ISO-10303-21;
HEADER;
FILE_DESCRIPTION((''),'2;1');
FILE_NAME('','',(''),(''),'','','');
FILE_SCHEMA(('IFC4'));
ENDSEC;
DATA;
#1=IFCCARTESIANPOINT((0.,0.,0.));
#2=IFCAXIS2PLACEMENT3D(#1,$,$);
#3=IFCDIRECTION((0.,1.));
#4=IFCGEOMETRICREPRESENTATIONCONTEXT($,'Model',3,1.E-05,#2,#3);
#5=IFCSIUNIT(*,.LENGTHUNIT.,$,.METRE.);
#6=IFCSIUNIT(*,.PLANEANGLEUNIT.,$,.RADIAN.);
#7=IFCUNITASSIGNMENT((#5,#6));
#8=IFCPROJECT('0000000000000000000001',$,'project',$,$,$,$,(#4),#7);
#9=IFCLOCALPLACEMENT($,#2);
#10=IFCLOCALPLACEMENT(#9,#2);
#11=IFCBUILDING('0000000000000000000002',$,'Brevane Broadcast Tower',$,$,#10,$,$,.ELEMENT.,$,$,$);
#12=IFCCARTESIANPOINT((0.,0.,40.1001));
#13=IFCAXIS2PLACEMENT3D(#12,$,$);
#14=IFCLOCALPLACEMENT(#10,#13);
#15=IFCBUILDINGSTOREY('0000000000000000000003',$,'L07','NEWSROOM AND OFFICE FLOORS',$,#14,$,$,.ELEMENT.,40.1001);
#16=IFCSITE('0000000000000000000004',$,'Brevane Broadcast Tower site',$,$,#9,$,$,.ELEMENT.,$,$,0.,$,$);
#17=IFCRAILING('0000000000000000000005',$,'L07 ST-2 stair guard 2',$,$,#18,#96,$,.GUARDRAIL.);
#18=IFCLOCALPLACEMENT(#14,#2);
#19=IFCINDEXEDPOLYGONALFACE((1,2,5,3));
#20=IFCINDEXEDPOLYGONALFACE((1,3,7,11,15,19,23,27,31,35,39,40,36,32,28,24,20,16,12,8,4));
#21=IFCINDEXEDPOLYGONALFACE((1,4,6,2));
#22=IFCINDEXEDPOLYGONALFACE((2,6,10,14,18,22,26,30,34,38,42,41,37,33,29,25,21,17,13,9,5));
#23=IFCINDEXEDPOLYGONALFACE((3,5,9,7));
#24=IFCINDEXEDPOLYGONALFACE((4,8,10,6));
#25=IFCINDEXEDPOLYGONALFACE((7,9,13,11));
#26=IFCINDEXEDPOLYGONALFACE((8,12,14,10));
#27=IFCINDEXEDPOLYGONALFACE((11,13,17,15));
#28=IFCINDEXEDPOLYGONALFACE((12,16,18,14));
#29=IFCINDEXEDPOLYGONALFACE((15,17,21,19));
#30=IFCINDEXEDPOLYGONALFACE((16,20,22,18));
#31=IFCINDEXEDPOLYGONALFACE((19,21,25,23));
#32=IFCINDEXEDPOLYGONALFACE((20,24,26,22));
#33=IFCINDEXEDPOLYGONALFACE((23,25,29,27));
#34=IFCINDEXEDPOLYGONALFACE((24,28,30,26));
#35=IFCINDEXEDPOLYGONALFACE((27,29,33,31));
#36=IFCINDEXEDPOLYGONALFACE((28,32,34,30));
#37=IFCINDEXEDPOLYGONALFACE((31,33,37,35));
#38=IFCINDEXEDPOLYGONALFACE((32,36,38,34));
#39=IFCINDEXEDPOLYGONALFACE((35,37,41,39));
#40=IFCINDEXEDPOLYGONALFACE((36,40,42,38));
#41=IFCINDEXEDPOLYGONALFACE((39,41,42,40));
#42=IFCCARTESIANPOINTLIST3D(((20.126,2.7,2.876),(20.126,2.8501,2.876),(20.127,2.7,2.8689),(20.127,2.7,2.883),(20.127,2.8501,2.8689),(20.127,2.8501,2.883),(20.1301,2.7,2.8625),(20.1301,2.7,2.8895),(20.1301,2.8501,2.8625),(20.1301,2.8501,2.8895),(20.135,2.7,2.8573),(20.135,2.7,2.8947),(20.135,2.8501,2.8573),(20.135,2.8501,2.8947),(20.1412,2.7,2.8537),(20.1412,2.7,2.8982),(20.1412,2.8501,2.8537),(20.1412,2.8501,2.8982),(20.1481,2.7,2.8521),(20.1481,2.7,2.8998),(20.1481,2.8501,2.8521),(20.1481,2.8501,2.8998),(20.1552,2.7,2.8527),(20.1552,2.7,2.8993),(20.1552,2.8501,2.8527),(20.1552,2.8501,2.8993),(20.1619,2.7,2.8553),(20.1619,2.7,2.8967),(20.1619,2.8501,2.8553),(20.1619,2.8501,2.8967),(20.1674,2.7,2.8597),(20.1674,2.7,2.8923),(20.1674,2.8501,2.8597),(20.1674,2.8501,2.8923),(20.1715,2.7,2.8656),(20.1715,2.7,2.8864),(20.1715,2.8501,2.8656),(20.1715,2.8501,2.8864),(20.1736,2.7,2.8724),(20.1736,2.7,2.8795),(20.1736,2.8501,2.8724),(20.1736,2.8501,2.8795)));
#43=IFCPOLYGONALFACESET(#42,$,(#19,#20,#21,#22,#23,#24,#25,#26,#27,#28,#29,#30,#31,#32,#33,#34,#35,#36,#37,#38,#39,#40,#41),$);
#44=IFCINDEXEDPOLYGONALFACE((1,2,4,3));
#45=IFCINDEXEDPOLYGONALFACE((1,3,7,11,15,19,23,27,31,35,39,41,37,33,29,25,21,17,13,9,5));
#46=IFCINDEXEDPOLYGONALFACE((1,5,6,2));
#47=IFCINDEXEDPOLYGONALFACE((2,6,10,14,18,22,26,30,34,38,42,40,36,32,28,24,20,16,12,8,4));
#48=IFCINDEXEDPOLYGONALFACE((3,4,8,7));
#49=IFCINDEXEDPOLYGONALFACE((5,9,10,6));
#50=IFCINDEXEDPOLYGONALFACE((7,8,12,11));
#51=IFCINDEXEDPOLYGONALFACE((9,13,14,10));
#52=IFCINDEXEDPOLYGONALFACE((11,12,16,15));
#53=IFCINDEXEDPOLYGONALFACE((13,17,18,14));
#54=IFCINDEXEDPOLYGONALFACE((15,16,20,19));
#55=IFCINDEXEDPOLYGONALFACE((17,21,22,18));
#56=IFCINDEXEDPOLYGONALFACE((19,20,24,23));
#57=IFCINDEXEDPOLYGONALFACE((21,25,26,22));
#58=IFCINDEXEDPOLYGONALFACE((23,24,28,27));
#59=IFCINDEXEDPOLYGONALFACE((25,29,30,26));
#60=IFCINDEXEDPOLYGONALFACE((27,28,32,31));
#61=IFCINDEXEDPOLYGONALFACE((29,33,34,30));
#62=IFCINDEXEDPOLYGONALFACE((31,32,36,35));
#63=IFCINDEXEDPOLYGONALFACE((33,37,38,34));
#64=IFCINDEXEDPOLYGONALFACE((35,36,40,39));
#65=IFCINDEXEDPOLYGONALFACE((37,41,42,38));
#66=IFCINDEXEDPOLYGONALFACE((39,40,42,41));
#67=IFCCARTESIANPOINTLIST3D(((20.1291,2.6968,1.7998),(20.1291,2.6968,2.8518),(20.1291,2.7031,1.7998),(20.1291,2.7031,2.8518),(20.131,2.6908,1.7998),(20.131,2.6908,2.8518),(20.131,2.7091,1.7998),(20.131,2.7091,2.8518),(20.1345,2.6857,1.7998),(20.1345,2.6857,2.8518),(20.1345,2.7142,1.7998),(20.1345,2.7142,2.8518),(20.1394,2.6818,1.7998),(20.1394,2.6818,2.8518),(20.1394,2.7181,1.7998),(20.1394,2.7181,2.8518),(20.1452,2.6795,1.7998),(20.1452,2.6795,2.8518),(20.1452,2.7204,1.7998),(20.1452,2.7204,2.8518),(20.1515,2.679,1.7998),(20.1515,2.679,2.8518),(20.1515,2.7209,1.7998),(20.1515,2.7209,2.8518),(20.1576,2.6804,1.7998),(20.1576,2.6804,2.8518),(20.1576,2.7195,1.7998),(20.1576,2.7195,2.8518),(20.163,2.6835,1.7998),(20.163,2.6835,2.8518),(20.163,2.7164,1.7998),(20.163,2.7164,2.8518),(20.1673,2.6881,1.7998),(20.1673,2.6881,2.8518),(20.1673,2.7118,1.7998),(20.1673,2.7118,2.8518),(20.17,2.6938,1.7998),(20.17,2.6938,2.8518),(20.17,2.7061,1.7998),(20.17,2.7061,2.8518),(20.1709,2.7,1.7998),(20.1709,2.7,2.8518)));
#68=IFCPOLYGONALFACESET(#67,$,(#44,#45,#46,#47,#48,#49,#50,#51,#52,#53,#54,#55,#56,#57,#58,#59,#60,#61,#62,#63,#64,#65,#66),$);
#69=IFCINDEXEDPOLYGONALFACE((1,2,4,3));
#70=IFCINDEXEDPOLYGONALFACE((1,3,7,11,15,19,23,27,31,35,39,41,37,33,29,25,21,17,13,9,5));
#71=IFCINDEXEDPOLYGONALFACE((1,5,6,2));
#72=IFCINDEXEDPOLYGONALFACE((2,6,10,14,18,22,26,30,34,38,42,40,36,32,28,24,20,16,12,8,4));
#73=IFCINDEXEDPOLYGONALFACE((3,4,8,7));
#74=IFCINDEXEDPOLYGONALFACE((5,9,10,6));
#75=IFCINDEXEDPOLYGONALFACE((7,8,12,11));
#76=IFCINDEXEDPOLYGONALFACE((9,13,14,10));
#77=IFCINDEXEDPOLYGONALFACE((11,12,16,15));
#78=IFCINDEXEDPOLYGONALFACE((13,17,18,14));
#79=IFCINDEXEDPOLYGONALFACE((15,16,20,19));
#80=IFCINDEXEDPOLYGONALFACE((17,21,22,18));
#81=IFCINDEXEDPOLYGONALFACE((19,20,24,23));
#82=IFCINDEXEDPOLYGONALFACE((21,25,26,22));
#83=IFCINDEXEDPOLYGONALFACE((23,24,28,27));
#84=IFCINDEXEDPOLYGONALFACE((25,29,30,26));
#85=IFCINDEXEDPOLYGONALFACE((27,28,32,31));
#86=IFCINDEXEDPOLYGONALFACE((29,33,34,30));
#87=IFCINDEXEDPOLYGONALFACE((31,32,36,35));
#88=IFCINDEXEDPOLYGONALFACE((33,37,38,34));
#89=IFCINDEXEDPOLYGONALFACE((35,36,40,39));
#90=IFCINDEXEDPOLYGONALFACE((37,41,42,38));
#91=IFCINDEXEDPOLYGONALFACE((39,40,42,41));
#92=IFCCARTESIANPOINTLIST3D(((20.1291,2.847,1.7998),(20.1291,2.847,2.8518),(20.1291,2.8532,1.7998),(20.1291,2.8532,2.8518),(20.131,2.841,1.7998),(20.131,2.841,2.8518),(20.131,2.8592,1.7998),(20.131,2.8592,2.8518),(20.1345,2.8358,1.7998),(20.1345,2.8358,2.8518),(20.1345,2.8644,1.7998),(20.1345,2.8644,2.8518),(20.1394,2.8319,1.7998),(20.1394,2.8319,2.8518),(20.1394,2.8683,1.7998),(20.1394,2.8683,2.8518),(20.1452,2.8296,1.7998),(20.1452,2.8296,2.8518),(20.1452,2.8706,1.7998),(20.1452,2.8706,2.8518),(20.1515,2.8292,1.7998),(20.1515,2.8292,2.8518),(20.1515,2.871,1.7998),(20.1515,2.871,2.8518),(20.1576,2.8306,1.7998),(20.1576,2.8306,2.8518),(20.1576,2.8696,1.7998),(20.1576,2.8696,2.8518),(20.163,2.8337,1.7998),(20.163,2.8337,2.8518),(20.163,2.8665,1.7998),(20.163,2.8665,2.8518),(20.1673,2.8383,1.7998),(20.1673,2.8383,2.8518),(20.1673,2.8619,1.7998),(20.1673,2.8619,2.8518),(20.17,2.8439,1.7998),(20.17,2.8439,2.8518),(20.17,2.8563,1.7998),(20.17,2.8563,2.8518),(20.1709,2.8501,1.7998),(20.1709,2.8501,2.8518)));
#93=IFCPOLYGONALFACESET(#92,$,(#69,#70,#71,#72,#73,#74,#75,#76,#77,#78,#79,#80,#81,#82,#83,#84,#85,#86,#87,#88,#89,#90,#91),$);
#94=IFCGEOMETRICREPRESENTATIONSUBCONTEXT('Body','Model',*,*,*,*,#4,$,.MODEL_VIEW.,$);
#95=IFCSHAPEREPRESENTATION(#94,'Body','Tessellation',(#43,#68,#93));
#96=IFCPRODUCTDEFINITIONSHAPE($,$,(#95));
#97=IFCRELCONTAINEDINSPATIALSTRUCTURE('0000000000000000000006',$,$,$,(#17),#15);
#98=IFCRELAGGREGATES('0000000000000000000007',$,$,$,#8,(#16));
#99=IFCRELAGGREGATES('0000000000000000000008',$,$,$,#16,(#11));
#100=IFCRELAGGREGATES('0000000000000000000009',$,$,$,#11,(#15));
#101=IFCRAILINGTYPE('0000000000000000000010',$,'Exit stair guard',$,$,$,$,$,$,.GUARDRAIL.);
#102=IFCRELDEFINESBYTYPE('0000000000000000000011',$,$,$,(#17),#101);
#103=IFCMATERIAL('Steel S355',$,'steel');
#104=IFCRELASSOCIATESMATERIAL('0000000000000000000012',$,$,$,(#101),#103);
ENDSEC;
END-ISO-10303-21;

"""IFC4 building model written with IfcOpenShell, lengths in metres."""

from ifc_helpers import new_model, si_unit, direction, frame, origin, origin_2d, place, context, subcontext, project, spatial, circle, extrude, material, type_object, element, save


model = new_model("IFC4")

# Units and contexts
model_context = context("Model", 3, precision=1e-05, world=origin(), true_north=direction((0.0, 1.0)))
body_context = subcontext(model_context, "Body", "Model", "MODEL_VIEW")
ifc_project = project(units=[si_unit("LENGTHUNIT", "METRE"), si_unit("PLANEANGLEUNIT", "RADIAN")], contexts=[model_context])

# Site, building, storey
site_placement = place(None, origin())
site = spatial("IfcSite", under=ifc_project, at=site_placement, Name="Brevane Broadcast Tower site", CompositionType="ELEMENT", RefElevation=0.0)
building_placement = place(site_placement, origin())
building = spatial("IfcBuilding", under=site, at=building_placement, Name="Brevane Broadcast Tower", CompositionType="ELEMENT")
storey_placement = place(building_placement, frame((0.0, 0.0, 40.1001)))
storey = spatial("IfcBuildingStorey", under=building, at=storey_placement, Name="L07", Description="NEWSROOM AND OFFICE FLOORS", CompositionType="ELEMENT", Elevation=40.1001)

# Railing
ifc_material_1 = material(Name="Steel S355", Category="steel")
railing_type_1 = type_object("IfcRailingType", Name="Exit stair guard", PredefinedType="GUARDRAIL", material=ifc_material_1)
railing_1_placement = place(storey_placement, frame((20.1499, 2.7, 1.7998)))
element("IfcRailing", 1, at=railing_1_placement, inside=storey, type_object=railing_type_1, Name="L07 ST-2 stair guard 2", PredefinedType="GUARDRAIL", context=body_context, shape_type="SweptSolid", body=[
    extrude(circle(Radius=0.0239, at=origin_2d()), frame((0.0, 0.0, 1.0762), z_axis=(0.0, 1.0, 0.0), x_axis=(-1.0, 0.0, 0.0)), (0.0, 0.0, 1.0), 0.1501),
    extrude(circle(Radius=0.021, at=origin_2d()), origin(), (0.0, 0.0, 1.0), 1.052),
    extrude(circle(Radius=0.021, at=origin_2d()), frame((0.0, 0.1501, 0.0)), (0.0, 0.0, 1.0), 1.052),
])

save(model, "model.ifc")
